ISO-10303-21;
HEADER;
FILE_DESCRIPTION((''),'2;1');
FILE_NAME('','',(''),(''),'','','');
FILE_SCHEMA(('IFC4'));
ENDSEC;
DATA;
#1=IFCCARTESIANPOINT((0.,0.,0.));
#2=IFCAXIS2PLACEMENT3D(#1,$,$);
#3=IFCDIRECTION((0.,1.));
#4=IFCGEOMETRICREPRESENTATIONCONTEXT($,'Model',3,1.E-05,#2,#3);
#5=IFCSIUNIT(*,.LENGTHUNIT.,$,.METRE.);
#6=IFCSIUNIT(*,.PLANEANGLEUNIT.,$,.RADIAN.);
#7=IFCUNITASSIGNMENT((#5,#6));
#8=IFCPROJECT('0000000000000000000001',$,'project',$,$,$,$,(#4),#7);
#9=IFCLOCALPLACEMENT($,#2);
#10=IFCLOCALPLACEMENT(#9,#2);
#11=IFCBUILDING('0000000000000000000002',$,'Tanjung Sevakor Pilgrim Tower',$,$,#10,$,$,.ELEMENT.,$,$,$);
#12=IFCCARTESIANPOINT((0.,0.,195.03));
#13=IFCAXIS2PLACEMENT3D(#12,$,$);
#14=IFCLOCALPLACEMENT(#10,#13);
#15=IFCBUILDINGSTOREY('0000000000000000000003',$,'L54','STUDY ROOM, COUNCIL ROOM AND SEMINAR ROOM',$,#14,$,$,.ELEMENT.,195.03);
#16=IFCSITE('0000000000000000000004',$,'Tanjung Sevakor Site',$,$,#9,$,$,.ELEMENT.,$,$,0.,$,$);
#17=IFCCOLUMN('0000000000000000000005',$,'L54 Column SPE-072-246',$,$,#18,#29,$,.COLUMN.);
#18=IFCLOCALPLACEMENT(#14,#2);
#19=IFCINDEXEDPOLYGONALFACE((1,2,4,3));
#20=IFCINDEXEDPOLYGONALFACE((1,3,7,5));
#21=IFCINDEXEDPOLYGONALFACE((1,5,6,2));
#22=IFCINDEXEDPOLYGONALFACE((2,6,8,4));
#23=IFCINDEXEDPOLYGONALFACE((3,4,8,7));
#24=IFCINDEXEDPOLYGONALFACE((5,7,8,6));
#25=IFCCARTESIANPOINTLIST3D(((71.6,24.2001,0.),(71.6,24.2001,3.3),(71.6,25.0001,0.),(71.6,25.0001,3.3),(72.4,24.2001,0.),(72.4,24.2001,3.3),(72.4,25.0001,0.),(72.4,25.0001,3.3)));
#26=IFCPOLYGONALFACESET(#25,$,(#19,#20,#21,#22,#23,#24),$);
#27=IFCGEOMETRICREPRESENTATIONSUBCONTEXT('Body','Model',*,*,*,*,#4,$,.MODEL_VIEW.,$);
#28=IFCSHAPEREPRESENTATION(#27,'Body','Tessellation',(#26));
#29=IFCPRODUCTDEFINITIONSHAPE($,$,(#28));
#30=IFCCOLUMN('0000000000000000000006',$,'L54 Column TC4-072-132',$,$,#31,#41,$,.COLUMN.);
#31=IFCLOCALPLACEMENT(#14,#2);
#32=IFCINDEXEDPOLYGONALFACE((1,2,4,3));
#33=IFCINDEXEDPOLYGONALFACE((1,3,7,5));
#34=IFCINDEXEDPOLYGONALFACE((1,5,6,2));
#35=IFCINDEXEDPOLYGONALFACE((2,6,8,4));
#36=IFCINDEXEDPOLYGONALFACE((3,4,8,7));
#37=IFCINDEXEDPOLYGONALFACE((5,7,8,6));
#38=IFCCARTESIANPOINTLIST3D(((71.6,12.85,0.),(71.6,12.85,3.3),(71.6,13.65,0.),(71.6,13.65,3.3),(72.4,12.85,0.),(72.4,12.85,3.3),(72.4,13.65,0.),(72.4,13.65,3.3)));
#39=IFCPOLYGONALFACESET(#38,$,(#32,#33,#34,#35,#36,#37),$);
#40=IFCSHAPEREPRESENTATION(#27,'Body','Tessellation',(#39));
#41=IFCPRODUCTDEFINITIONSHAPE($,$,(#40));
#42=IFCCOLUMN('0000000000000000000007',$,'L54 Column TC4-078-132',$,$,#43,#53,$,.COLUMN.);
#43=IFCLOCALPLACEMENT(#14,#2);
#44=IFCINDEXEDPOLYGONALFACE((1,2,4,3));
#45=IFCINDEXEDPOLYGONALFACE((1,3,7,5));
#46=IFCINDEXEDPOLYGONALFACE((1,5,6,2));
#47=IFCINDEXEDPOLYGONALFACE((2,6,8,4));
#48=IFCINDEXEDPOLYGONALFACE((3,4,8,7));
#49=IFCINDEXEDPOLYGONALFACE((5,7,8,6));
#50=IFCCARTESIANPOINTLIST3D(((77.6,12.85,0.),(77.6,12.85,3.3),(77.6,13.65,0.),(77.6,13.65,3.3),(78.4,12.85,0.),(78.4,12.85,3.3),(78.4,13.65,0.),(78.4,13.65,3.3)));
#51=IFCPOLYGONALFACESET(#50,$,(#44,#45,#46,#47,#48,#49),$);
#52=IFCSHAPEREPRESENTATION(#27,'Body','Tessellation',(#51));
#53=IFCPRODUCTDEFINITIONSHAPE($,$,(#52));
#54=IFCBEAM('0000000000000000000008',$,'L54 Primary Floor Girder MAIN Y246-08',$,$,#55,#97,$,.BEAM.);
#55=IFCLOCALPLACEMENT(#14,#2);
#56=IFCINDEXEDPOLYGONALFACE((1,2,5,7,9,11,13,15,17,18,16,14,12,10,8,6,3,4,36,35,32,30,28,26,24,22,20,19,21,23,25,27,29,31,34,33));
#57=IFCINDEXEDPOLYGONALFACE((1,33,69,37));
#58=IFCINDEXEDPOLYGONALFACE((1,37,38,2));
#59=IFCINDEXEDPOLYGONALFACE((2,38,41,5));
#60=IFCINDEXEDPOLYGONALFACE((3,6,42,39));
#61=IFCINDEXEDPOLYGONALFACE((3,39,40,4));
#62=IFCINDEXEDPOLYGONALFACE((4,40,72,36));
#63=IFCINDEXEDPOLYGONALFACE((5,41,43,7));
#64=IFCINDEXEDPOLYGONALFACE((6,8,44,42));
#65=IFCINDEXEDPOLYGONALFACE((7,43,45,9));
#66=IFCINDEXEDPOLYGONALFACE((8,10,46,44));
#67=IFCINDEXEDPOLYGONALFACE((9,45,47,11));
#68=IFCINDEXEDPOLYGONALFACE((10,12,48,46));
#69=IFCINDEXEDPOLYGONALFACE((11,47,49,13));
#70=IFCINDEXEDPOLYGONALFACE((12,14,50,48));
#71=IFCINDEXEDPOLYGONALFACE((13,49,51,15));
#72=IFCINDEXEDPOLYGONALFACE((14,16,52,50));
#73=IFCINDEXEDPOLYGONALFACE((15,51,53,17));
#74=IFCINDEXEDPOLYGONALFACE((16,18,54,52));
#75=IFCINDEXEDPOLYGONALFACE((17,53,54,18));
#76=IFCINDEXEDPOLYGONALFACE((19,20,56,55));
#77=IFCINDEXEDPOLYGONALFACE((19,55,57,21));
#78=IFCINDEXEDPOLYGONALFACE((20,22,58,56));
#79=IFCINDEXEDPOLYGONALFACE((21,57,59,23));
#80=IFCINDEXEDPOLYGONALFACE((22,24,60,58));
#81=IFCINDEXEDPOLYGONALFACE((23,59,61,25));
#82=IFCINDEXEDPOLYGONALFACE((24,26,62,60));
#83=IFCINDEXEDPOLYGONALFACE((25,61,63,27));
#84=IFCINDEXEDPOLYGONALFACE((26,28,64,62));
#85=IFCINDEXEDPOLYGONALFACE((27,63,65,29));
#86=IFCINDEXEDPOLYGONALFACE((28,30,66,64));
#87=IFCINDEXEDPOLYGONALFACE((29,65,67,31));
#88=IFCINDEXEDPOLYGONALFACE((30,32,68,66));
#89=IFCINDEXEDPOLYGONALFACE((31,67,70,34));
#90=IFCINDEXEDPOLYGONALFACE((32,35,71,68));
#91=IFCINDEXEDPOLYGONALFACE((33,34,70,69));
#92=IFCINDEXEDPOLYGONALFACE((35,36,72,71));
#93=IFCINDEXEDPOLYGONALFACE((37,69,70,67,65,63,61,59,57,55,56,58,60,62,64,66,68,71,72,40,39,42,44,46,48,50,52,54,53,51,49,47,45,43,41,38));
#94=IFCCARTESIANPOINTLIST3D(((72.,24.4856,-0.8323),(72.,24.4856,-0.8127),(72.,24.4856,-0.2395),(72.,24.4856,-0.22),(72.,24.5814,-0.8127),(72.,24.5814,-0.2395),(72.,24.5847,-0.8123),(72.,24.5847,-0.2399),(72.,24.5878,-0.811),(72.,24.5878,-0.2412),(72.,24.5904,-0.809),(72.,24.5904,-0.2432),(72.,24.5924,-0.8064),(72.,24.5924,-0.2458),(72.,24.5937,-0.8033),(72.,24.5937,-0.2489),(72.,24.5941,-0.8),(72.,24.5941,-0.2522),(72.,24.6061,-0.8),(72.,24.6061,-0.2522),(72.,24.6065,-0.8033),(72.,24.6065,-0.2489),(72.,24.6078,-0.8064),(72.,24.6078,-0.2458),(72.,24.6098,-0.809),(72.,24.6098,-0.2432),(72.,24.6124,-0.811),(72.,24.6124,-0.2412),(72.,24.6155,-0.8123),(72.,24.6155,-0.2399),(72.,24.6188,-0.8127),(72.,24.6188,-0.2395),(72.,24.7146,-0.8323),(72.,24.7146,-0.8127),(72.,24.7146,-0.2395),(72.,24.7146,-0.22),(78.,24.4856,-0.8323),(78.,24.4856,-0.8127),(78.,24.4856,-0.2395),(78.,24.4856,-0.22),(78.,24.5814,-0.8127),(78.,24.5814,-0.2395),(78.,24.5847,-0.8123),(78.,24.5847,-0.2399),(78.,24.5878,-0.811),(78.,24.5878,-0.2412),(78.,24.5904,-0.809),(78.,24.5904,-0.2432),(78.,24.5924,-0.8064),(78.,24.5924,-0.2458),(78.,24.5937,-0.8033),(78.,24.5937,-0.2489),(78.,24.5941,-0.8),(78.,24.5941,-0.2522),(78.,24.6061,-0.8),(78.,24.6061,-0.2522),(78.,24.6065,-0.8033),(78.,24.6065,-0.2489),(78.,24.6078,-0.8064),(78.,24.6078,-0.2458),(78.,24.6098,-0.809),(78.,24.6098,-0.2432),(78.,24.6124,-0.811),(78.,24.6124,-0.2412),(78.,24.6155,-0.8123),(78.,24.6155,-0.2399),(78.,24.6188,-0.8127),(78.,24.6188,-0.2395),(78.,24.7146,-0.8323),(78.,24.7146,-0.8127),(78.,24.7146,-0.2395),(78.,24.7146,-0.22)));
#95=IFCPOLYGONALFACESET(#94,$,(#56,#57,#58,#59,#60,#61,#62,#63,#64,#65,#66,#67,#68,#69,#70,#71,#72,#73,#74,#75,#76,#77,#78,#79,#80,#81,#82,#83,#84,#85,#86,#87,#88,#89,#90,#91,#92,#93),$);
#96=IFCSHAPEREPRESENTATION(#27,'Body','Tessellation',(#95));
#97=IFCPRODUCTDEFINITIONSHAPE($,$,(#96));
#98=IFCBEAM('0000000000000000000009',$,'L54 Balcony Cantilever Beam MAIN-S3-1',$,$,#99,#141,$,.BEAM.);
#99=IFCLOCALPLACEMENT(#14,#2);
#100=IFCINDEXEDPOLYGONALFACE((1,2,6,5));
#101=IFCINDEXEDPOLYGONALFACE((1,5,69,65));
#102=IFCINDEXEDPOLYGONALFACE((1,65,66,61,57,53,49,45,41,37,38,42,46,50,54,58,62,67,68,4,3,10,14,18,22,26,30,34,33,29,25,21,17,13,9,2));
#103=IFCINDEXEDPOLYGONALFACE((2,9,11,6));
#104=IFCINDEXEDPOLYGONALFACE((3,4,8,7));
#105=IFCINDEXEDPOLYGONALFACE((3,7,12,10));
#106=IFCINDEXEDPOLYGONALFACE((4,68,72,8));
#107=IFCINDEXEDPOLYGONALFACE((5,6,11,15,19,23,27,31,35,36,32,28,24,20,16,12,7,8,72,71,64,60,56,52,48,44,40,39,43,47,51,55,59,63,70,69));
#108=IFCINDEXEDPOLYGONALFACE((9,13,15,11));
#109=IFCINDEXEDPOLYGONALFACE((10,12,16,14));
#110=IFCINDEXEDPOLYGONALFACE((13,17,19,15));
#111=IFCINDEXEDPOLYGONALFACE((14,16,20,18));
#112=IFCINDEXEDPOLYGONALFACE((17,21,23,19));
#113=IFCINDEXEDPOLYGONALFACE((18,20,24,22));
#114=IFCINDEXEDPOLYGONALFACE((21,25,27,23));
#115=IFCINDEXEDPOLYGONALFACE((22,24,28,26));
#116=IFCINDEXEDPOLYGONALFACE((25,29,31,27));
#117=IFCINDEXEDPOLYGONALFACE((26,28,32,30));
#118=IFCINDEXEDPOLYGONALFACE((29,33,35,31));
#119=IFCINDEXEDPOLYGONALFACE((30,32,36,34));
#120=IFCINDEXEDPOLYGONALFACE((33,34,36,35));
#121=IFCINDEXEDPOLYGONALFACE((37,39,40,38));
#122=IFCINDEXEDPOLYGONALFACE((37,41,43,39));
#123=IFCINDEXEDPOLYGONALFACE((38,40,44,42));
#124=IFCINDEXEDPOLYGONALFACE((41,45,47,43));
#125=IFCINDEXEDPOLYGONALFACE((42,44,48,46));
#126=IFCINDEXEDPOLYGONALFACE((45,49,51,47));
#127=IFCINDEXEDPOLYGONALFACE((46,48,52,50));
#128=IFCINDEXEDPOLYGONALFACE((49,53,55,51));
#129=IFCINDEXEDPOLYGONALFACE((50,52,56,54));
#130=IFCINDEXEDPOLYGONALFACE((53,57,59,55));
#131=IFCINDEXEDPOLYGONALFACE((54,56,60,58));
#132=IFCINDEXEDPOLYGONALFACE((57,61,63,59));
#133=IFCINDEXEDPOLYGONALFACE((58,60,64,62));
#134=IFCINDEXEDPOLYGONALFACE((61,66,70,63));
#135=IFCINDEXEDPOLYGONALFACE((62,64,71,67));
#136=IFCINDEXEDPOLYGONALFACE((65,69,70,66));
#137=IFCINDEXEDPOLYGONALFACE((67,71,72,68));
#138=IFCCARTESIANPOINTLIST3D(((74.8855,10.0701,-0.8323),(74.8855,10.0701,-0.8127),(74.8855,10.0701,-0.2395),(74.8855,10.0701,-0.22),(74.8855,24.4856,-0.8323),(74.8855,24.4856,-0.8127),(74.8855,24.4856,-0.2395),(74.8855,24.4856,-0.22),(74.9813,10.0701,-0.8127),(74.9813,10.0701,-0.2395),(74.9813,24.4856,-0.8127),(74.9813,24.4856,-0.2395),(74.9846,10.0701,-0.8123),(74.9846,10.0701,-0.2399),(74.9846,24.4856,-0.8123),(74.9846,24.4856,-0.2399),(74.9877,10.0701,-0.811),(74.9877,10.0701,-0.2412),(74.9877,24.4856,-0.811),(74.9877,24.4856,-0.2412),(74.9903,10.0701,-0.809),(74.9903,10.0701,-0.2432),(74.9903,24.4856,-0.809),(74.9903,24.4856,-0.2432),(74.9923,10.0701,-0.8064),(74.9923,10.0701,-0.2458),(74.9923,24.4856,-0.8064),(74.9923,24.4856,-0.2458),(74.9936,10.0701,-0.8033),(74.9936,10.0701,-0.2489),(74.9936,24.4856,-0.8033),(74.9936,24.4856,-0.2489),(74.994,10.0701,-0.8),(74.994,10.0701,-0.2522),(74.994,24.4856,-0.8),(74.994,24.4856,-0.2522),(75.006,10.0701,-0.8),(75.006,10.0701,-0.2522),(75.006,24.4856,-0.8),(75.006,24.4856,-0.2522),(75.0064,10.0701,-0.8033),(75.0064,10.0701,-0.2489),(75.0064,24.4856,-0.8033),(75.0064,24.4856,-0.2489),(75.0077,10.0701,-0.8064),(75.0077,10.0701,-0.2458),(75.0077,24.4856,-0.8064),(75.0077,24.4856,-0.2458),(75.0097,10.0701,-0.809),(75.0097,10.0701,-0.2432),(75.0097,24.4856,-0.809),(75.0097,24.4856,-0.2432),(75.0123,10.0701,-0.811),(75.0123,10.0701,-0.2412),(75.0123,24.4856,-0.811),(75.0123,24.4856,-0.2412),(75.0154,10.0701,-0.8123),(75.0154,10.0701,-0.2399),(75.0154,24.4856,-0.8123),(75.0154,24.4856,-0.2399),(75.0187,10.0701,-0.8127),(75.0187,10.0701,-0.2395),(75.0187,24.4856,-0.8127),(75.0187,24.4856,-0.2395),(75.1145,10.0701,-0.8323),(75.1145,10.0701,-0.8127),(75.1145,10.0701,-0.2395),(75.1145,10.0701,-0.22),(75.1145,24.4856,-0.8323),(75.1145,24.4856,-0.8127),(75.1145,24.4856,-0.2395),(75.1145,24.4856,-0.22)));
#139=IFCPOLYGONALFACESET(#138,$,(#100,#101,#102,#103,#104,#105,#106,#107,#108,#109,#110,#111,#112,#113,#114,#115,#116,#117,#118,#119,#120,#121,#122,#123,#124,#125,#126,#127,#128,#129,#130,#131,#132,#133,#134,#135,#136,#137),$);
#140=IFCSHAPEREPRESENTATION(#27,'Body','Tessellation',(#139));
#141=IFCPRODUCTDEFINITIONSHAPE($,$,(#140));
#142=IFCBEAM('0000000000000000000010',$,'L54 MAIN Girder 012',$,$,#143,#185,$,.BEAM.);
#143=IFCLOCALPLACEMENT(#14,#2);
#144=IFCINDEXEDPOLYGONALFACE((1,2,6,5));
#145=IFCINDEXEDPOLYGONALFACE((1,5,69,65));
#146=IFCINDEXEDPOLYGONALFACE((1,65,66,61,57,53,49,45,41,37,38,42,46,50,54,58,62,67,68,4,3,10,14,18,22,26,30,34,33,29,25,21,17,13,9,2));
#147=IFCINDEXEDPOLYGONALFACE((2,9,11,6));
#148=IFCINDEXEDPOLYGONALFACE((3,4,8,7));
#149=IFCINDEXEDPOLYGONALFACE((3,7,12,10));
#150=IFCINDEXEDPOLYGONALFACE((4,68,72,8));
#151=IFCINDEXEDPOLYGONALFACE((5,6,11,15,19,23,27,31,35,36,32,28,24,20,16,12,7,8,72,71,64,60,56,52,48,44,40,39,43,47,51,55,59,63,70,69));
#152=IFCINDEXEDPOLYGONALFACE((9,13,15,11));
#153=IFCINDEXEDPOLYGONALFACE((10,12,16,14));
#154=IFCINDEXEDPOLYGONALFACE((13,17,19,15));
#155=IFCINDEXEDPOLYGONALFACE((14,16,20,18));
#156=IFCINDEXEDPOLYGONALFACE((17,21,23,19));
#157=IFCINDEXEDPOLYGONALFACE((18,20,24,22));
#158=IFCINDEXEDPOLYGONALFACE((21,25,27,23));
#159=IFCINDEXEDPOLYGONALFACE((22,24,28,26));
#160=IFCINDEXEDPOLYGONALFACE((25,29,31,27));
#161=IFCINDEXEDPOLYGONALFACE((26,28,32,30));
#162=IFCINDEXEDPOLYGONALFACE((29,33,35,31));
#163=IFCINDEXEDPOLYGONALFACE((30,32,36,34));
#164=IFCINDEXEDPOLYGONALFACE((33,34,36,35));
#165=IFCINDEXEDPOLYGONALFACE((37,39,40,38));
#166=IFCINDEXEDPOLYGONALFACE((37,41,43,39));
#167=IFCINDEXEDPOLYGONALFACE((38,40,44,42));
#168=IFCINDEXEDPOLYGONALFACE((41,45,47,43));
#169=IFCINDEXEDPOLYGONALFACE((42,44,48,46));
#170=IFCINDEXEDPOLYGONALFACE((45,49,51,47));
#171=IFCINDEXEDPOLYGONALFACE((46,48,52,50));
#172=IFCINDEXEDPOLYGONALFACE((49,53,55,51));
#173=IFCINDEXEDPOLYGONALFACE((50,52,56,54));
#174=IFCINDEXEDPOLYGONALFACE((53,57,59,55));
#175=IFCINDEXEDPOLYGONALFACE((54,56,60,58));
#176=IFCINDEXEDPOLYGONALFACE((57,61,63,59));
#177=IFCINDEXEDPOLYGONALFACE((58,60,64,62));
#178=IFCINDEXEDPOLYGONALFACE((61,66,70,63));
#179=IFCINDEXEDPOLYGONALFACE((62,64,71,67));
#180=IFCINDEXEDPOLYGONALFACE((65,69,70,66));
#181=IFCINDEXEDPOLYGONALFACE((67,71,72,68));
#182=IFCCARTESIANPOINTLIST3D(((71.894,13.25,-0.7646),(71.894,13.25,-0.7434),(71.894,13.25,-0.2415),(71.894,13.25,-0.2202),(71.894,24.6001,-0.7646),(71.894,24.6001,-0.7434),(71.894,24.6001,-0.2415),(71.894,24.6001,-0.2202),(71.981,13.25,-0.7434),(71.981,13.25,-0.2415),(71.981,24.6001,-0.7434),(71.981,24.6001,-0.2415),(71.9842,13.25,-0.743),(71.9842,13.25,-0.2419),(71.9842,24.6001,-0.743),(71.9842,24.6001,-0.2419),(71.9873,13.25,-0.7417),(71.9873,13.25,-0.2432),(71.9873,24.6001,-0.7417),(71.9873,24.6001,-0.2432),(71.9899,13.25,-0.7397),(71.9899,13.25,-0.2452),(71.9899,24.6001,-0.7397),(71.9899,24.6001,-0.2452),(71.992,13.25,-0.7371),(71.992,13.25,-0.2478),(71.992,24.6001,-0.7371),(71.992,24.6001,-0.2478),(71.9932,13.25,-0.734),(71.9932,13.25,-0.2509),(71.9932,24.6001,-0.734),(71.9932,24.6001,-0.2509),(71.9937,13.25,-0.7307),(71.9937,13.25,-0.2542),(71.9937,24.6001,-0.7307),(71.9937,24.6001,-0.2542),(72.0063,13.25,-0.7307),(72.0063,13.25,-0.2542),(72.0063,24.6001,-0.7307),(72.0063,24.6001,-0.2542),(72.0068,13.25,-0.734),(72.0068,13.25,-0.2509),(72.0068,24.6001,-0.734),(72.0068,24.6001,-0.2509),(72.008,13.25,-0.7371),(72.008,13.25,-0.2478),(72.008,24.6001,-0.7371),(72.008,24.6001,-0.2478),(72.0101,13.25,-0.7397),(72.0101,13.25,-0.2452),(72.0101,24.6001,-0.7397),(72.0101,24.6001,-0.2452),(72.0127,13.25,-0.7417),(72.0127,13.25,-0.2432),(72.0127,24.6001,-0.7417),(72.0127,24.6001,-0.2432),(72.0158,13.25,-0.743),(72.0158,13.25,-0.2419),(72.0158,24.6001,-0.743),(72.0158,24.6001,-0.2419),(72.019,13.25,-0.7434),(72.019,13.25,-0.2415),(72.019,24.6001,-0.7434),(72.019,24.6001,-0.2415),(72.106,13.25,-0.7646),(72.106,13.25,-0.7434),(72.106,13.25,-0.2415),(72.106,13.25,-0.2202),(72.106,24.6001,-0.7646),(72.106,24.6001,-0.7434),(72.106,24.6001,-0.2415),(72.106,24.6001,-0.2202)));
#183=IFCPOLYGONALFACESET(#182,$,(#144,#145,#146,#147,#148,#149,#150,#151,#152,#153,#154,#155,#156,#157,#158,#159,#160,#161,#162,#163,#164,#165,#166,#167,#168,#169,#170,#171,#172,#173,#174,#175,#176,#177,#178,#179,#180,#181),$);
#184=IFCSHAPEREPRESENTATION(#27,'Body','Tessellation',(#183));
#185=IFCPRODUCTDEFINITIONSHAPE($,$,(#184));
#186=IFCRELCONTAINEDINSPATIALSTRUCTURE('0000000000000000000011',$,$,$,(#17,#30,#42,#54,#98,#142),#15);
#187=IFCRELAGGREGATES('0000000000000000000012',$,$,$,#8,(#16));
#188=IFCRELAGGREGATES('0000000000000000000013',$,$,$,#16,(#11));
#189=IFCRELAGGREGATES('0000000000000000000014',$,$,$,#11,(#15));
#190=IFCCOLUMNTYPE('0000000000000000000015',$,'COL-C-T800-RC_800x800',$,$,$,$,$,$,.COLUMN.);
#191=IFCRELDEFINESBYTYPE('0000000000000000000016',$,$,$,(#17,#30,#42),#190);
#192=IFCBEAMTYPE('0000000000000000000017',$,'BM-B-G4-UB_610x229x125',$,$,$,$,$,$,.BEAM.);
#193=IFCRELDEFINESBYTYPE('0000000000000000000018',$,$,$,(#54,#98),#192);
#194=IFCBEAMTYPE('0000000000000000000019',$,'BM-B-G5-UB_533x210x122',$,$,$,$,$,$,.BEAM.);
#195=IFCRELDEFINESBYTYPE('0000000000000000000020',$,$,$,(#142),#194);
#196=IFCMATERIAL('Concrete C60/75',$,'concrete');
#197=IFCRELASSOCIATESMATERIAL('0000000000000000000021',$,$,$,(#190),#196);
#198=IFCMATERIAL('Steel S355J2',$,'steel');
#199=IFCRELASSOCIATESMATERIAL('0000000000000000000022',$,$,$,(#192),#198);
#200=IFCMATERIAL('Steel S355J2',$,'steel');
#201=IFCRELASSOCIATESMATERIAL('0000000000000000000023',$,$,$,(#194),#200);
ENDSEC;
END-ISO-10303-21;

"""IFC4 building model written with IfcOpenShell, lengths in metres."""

from ifc_helpers import new_model, si_unit, direction, frame, origin, origin_2d, place, context, subcontext, project, spatial, rectangle, i_section, extrude, material, material_profile, profile_set, type_object, element, save


model = new_model("IFC4")

# Units and contexts
model_context = context("Model", 3, precision=1e-05, world=origin(), true_north=direction((0.0, 1.0)))
body_context = subcontext(model_context, "Body", "Model", "MODEL_VIEW")
ifc_project = project(units=[si_unit("LENGTHUNIT", "METRE"), si_unit("PLANEANGLEUNIT", "RADIAN")], contexts=[model_context])

# Site, building, storey
site_placement = place(None, origin())
site = spatial("IfcSite", under=ifc_project, at=site_placement, Name="Tanjung Sevakor Site", CompositionType="ELEMENT", RefElevation=0.0)
building_placement = place(site_placement, origin())
building = spatial("IfcBuilding", under=site, at=building_placement, Name="Tanjung Sevakor Pilgrim Tower", CompositionType="ELEMENT")
storey_placement = place(building_placement, frame((0.0, 0.0, 195.03)))
storey = spatial("IfcBuildingStorey", under=building, at=storey_placement, Name="L54", Description="STUDY ROOM, COUNCIL ROOM AND SEMINAR ROOM", CompositionType="ELEMENT", Elevation=195.03)

# Columns
ifc_material_1 = material(Name="Concrete C60/75", Category="concrete")
ifc_material_profile_1 = material_profile(ifc_material_1, rectangle(XDim=0.8, YDim=0.8, at=origin_2d()))
ifc_profile_set_1 = profile_set([ifc_material_profile_1], Name="Concrete C60/75")
column_type = type_object("IfcColumnType", Name="COL-C-T800-RC_800x800", PredefinedType="COLUMN", material=ifc_profile_set_1)
for number, where, z_axis, x_axis, name in (
    (1, (72.0, 24.6001, 0.0), (0.0, 0.0, 1.0), (1.0, 0.0, 0.0), "L54 Column SPE-072-246"),
    (2, (72.0, 13.25, 0.0), (0.0, 0.0, 1.0), (1.0, 0.0, 0.0), "L54 Column TC4-072-132"),
    (3, (78.0, 13.25, 0.0), (0.0, 0.0, 1.0), (1.0, 0.0, 0.0), "L54 Column TC4-078-132"),
):
    element("IfcColumn", number, at=place(storey_placement, frame(where, z_axis=z_axis, x_axis=x_axis)), inside=storey, type_object=column_type, Name=name, PredefinedType="COLUMN", context=body_context, shape_type="SweptSolid", body=[
        extrude(rectangle(XDim=0.8, YDim=0.8, at=origin_2d()), origin(), (0.0, 0.0, 1.0), 3.3),
    ])

# Beams
ifc_material_2 = material(Name="Steel S355J2", Category="steel")
ifc_material_profile_2 = material_profile(ifc_material_2, i_section(OverallWidth=0.229, OverallDepth=0.6123, WebThickness=0.012, FlangeThickness=0.0195, FilletRadius=0.0127, at=origin_2d()))
ifc_profile_set_2 = profile_set([ifc_material_profile_2], Name="Steel S355J2")
beam_type_1 = type_object("IfcBeamType", Name="BM-B-G4-UB_610x229x125", PredefinedType="BEAM", material=ifc_profile_set_2)
beam_1_placement = place(storey_placement, frame((72.0, 24.6001, -0.5261), z_axis=(1.0, 0.0, 0.0), x_axis=(0.0, 1.0, 0.0)))
element("IfcBeam", 4, at=beam_1_placement, inside=storey, type_object=beam_type_1, Name="L54 Primary Floor Girder MAIN Y246-08", PredefinedType="BEAM", context=body_context, shape_type="SweptSolid", body=[
    extrude(i_section(OverallWidth=0.229, OverallDepth=0.6123, WebThickness=0.012, FlangeThickness=0.0195, FilletRadius=0.0127, at=origin_2d()), origin(), (0.0, 0.0, 1.0), 6.0),
])
beam_2_placement = place(storey_placement, frame((75.0, 24.4856, -0.5261), z_axis=(0.0, -1.0, 0.0), x_axis=(1.0, 0.0, 0.0)))
element("IfcBeam", 5, at=beam_2_placement, inside=storey, type_object=beam_type_1, Name="L54 Balcony Cantilever Beam MAIN-S3-1", PredefinedType="BEAM", context=body_context, shape_type="SweptSolid", body=[
    extrude(i_section(OverallWidth=0.229, OverallDepth=0.6123, WebThickness=0.012, FlangeThickness=0.0195, FilletRadius=0.0127, at=origin_2d()), origin(), (0.0, 0.0, 1.0), 14.4155),
])
ifc_material_3 = material(Name="Steel S355J2", Category="steel")
ifc_material_profile_3 = material_profile(ifc_material_3, i_section(OverallWidth=0.2119, OverallDepth=0.5444, WebThickness=0.0127, FlangeThickness=0.0212, FilletRadius=0.0127, at=origin_2d()))
ifc_profile_set_3 = profile_set([ifc_material_profile_3], Name="Steel S355J2")
beam_type_2 = type_object("IfcBeamType", Name="BM-B-G5-UB_533x210x122", PredefinedType="BEAM", material=ifc_profile_set_3)
beam_3_placement = place(storey_placement, frame((72.0, 13.25, -0.4924), z_axis=(0.0, 1.0, 0.0), x_axis=(-1.0, 0.0, 0.0)))
element("IfcBeam", 6, at=beam_3_placement, inside=storey, type_object=beam_type_2, Name="L54 MAIN Girder 012", PredefinedType="BEAM", context=body_context, shape_type="SweptSolid", body=[
    extrude(i_section(OverallWidth=0.2119, OverallDepth=0.5444, WebThickness=0.0127, FlangeThickness=0.0212, FilletRadius=0.0127, at=origin_2d()), origin(), (0.0, 0.0, 1.0), 11.3501),
])

save(model, "model.ifc")
